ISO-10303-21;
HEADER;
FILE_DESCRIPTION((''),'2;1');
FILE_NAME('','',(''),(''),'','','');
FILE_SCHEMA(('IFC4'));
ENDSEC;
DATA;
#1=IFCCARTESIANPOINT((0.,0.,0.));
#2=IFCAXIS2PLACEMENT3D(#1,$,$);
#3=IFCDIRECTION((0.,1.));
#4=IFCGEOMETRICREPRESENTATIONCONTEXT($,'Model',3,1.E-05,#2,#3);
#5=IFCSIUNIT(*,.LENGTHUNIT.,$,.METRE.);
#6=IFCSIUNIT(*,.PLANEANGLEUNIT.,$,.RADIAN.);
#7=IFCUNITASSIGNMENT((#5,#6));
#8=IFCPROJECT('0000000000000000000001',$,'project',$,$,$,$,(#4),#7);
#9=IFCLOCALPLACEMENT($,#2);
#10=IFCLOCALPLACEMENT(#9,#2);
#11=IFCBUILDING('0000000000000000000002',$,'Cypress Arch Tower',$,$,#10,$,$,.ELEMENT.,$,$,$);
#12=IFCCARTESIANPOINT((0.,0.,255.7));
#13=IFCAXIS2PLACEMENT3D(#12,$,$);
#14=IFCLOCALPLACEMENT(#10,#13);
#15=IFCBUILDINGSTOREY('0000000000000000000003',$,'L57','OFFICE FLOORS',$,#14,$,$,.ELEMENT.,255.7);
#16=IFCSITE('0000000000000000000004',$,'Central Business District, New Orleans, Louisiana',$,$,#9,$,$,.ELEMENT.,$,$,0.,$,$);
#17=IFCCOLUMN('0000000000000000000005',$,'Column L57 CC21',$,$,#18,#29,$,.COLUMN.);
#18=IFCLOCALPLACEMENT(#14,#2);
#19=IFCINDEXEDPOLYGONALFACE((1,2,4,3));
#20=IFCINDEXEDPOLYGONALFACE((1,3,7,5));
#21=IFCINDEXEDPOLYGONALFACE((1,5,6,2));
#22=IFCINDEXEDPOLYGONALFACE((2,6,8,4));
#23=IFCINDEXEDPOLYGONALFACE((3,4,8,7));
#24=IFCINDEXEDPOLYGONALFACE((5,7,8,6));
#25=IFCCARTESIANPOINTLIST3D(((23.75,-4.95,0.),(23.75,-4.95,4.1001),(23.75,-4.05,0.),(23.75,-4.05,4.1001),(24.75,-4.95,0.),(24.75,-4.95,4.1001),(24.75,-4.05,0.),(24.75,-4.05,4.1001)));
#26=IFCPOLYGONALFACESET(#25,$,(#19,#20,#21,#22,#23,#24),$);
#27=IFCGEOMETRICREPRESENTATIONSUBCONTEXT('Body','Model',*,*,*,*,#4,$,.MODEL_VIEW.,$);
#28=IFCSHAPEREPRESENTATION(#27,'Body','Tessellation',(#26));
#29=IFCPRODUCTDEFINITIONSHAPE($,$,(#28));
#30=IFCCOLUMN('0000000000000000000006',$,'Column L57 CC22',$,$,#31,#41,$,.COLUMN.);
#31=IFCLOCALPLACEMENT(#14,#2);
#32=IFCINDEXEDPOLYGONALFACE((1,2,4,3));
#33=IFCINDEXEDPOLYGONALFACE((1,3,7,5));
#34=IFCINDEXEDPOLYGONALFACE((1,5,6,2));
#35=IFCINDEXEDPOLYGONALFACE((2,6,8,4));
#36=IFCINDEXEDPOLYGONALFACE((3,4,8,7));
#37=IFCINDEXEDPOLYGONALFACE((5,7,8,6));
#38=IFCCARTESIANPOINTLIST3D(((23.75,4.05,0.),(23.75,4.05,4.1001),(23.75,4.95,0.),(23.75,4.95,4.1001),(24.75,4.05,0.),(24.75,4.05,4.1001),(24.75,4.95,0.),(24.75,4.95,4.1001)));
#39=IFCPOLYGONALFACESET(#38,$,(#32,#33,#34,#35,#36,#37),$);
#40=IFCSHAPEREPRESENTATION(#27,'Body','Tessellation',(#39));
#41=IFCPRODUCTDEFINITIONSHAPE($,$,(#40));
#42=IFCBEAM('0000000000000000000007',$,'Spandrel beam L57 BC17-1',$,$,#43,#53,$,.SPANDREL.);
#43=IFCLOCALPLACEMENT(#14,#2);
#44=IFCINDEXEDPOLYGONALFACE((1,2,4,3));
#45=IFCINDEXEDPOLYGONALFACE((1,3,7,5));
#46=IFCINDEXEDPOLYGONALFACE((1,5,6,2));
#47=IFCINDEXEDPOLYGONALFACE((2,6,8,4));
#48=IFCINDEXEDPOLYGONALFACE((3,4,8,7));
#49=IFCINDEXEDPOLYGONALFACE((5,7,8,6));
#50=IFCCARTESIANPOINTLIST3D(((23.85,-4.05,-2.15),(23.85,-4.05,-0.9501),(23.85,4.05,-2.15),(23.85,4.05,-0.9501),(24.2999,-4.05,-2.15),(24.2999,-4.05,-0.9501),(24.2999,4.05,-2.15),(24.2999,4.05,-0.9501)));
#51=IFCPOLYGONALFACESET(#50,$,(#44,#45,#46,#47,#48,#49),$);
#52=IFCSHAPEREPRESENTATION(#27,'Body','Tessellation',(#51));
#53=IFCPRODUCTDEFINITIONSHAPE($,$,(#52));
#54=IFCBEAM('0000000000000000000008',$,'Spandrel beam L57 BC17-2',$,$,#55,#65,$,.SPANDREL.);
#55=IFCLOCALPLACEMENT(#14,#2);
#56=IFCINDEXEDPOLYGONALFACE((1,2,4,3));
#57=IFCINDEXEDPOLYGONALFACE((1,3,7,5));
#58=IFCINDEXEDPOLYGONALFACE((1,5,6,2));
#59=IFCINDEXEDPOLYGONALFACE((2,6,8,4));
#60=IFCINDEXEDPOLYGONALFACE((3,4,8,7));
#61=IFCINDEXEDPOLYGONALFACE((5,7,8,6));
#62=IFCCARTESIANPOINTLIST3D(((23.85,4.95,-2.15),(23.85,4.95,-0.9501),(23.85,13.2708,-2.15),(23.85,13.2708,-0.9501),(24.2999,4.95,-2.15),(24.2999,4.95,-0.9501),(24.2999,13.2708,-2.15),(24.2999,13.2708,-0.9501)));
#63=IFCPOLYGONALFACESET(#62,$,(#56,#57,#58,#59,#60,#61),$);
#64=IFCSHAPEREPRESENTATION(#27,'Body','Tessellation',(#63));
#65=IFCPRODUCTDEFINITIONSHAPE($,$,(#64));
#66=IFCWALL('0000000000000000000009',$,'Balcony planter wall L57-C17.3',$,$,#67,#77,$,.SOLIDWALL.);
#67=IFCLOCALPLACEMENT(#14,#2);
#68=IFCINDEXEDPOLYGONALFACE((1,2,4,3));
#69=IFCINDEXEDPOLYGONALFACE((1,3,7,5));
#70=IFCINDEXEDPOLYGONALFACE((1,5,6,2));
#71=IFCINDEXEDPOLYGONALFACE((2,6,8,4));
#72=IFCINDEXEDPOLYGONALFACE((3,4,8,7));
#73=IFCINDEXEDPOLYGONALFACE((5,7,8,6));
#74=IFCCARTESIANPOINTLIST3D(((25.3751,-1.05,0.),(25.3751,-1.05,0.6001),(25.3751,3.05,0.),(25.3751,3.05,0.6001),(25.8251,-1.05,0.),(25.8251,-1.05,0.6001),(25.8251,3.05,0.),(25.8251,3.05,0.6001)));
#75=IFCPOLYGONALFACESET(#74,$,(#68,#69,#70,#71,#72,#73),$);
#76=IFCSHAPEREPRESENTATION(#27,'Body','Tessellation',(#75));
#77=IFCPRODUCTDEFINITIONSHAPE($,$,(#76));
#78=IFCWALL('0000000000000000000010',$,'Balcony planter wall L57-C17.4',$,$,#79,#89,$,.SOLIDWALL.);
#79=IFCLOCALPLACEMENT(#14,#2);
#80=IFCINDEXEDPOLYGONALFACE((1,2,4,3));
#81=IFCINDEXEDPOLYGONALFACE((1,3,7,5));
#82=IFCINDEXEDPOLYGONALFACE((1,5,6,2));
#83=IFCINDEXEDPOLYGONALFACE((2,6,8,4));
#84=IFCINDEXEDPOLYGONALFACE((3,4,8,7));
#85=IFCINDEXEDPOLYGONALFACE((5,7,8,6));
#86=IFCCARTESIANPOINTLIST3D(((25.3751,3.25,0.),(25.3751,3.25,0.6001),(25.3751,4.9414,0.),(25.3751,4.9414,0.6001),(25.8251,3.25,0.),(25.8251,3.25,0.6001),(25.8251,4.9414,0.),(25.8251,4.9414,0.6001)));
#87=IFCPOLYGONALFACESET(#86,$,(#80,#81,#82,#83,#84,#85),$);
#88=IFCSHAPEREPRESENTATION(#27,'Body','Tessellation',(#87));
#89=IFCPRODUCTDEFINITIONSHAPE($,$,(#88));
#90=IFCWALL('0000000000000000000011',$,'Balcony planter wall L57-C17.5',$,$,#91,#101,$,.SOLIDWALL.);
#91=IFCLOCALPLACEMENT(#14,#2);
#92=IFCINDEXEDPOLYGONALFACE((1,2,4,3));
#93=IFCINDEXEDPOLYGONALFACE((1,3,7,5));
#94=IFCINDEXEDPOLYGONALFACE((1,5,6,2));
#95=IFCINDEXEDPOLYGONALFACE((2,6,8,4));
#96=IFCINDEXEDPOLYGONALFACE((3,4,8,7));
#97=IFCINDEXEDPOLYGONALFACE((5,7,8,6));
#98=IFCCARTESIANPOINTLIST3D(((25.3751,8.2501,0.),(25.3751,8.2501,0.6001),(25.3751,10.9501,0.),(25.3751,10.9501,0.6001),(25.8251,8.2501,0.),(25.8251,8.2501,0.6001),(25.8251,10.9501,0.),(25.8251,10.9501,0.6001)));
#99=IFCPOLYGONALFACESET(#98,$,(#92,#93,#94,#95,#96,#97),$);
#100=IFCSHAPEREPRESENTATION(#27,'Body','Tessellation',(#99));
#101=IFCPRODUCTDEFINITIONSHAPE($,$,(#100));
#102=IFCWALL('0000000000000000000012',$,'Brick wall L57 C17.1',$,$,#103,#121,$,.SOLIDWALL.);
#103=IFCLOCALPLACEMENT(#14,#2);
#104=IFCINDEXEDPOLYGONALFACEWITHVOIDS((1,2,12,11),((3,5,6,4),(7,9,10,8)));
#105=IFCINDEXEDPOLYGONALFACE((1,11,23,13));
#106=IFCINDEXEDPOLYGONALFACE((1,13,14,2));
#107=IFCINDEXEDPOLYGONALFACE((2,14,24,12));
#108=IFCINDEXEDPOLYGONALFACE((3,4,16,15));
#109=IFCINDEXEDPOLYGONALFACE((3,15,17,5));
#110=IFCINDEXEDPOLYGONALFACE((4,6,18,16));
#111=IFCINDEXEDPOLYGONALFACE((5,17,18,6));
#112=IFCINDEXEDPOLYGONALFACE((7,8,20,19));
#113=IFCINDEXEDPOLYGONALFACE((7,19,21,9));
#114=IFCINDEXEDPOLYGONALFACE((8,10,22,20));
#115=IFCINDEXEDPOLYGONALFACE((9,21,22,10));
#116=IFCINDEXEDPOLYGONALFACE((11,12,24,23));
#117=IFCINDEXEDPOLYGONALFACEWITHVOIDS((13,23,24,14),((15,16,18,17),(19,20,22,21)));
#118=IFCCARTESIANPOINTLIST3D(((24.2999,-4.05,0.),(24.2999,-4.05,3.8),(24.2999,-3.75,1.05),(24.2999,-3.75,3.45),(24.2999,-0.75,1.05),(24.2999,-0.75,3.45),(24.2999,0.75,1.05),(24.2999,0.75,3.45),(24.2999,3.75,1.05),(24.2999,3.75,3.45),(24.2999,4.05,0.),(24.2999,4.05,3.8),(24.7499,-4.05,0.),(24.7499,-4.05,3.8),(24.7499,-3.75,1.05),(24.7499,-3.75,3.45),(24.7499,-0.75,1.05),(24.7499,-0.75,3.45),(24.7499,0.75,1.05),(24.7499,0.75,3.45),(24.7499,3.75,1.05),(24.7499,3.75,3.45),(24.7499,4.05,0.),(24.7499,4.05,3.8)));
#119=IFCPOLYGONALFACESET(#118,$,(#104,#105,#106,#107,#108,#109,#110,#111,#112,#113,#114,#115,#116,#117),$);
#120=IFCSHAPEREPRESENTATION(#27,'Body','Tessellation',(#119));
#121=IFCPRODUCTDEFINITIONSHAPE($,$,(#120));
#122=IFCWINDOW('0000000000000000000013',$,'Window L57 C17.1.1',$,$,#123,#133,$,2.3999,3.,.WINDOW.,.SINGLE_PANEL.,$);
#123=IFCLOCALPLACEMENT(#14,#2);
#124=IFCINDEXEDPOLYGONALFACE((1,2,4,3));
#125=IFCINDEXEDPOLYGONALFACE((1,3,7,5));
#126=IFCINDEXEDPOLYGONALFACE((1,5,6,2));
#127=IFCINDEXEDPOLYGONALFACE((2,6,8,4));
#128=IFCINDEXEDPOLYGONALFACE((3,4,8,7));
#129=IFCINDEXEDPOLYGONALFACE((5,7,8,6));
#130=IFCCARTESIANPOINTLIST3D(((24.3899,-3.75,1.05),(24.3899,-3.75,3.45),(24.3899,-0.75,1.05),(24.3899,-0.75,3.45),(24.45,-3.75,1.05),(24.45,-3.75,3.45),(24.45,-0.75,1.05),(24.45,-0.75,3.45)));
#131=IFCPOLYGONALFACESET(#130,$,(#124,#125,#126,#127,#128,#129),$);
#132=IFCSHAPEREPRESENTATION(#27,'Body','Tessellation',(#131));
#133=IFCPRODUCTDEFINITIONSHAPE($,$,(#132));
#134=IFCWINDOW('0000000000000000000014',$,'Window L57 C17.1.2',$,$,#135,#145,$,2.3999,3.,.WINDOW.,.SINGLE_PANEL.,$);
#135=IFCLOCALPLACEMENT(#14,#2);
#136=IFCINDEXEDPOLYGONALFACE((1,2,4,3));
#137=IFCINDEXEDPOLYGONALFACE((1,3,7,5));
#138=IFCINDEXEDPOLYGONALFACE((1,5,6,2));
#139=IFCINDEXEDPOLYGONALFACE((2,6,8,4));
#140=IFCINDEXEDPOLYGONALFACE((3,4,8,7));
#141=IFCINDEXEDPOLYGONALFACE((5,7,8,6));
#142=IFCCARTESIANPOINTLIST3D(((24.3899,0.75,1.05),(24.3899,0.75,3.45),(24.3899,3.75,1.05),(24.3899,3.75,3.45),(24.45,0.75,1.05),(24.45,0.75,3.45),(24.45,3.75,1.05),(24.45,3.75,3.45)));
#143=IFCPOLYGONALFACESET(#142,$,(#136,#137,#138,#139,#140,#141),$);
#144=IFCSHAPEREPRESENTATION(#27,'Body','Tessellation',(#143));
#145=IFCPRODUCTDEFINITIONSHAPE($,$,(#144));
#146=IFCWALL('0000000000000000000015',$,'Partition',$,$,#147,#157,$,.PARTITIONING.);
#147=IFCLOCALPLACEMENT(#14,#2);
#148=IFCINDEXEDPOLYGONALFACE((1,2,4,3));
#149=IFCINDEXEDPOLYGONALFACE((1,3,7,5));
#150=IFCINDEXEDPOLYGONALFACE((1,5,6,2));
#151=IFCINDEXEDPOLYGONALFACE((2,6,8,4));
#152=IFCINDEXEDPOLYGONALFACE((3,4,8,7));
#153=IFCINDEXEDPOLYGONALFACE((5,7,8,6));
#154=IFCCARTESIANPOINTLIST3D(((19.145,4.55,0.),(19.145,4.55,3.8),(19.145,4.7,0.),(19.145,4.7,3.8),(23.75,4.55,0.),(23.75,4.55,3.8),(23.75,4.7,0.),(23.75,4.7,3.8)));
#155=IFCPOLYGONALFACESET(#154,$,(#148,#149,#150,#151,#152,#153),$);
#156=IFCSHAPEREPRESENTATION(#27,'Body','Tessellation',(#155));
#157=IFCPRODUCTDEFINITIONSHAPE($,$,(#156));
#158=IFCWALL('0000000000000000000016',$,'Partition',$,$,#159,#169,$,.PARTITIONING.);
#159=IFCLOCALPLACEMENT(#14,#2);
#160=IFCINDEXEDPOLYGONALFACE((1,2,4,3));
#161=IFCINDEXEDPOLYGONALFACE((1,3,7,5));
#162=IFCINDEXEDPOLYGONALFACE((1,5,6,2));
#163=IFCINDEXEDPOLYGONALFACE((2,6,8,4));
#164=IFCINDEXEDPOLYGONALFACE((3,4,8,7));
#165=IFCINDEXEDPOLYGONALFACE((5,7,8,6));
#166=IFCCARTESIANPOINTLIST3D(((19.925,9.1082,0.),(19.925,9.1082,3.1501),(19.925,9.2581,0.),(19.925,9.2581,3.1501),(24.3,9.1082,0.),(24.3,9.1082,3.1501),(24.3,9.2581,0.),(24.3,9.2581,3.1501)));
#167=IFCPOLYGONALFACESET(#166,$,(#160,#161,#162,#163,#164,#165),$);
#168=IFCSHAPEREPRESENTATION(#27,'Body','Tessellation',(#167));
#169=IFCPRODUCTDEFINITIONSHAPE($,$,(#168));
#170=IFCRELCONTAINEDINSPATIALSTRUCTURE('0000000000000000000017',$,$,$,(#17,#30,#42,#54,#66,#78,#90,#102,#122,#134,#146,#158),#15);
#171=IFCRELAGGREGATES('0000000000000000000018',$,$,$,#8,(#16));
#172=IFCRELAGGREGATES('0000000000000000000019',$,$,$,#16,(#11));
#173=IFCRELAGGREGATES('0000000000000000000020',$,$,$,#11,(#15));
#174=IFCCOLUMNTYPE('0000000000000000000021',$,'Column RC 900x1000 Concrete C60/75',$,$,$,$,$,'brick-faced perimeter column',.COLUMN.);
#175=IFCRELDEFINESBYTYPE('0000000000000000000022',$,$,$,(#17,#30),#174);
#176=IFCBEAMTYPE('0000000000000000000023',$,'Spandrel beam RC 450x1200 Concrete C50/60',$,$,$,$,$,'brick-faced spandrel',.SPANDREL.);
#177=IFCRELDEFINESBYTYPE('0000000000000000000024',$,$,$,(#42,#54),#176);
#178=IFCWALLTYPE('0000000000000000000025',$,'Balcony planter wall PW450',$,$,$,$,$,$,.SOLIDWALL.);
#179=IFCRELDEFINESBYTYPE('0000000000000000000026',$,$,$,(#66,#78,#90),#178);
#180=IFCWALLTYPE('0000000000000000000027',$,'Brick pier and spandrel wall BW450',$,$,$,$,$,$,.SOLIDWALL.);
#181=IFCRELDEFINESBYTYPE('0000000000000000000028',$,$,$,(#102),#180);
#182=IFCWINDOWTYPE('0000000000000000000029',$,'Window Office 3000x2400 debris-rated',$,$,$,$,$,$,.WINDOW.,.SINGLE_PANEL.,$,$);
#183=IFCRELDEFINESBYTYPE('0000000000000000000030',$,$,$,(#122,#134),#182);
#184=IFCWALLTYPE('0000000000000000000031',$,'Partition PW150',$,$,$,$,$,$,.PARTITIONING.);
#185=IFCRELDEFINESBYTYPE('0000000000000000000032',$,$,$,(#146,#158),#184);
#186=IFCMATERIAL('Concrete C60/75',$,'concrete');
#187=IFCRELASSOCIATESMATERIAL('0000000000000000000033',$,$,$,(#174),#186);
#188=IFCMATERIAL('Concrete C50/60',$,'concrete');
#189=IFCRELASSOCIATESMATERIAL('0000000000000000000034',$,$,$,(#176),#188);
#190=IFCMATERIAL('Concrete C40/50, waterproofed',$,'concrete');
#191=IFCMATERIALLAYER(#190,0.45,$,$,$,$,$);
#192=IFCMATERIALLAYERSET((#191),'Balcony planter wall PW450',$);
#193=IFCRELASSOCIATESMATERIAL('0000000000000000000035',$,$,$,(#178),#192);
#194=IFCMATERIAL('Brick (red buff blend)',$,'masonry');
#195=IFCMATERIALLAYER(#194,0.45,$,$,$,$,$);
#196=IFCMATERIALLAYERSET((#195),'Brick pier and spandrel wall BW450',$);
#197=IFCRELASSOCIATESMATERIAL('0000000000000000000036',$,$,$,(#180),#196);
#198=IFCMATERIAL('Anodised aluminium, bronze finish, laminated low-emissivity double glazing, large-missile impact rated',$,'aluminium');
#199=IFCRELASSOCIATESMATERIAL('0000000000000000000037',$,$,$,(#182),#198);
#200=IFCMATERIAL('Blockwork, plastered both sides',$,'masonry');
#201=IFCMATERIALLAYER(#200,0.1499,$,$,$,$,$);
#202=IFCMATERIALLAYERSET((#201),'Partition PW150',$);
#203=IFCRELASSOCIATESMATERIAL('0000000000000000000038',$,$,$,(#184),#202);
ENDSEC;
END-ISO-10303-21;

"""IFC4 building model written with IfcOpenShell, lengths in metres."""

from ifc_helpers import new_model, si_unit, direction, frame, frame_2d, origin, origin_2d, place, context, subcontext, project, spatial, rectangle, extrude, material, layer, layer_set, material_profile, profile_set, type_object, element, fill, save


model = new_model("IFC4")

# Units and contexts
model_context = context("Model", 3, precision=1e-05, world=origin(), true_north=direction((0.0, 1.0)))
body_context = subcontext(model_context, "Body", "Model", "MODEL_VIEW")
ifc_project = project(units=[si_unit("LENGTHUNIT", "METRE"), si_unit("PLANEANGLEUNIT", "RADIAN")], contexts=[model_context])

# Site, building, storey
site_placement = place(None, origin())
site = spatial("IfcSite", under=ifc_project, at=site_placement, Name="Central Business District, New Orleans, Louisiana", CompositionType="ELEMENT", RefElevation=0.0)
building_placement = place(site_placement, origin())
building = spatial("IfcBuilding", under=site, at=building_placement, Name="Cypress Arch Tower", CompositionType="ELEMENT")
storey_placement = place(building_placement, frame((0.0, 0.0, 255.7)))
storey = spatial("IfcBuildingStorey", under=building, at=storey_placement, Name="L57", Description="OFFICE FLOORS", CompositionType="ELEMENT", Elevation=255.7)

# Columns
ifc_material_1 = material(Name="Concrete C60/75", Category="concrete")
ifc_material_profile_1 = material_profile(ifc_material_1, rectangle(XDim=0.8999, YDim=1.0, at=origin_2d()), Name="RC 900x1000")
ifc_profile_set_1 = profile_set([ifc_material_profile_1], Name="Concrete C60/75")
column_type = type_object("IfcColumnType", Name="Column RC 900x1000 Concrete C60/75", ElementType="brick-faced perimeter column", PredefinedType="COLUMN", material=ifc_profile_set_1)
for number, where, z_axis, x_axis, name in (
    (1, (24.25, -4.5, 0.0), (0.0, 0.0, 1.0), (0.0, 1.0, 0.0), "Column L57 CC21"),
    (2, (24.25, 4.5, 0.0), (0.0, 0.0, 1.0), (0.0, 1.0, 0.0), "Column L57 CC22"),
):
    element("IfcColumn", number, at=place(storey_placement, frame(where, z_axis=z_axis, x_axis=x_axis)), inside=storey, type_object=column_type, Name=name, PredefinedType="COLUMN", context=body_context, shape_type="SweptSolid", body=[
        extrude(rectangle(XDim=0.8999, YDim=1.0, at=origin_2d()), origin(), (0.0, 0.0, 1.0), 4.1001),
    ])

# Beams
ifc_material_2 = material(Name="Concrete C50/60", Category="concrete")
ifc_material_profile_2 = material_profile(ifc_material_2, rectangle(XDim=0.45, YDim=1.2, at=origin_2d()), Name="RC 450x1200")
ifc_profile_set_2 = profile_set([ifc_material_profile_2], Name="Concrete C50/60")
beam_type = type_object("IfcBeamType", Name="Spandrel beam RC 450x1200 Concrete C50/60", ElementType="brick-faced spandrel", PredefinedType="SPANDREL", material=ifc_profile_set_2)
beam_1_placement = place(storey_placement, frame((24.075, -4.05, -1.55), z_axis=(0.0, 1.0, 0.0), x_axis=(-1.0, 0.0, 0.0)))
element("IfcBeam", 3, at=beam_1_placement, inside=storey, type_object=beam_type, Name="Spandrel beam L57 BC17-1", PredefinedType="SPANDREL", context=body_context, shape_type="SweptSolid", body=[
    extrude(rectangle(XDim=0.45, YDim=1.2, at=origin_2d()), origin(), (0.0, 0.0, 1.0), 8.1001),
])
beam_2_placement = place(storey_placement, frame((24.075, 4.95, -1.55), z_axis=(0.0, 1.0, 0.0), x_axis=(-1.0, 0.0, 0.0)))
element("IfcBeam", 4, at=beam_2_placement, inside=storey, type_object=beam_type, Name="Spandrel beam L57 BC17-2", PredefinedType="SPANDREL", context=body_context, shape_type="SweptSolid", body=[
    extrude(rectangle(XDim=0.45, YDim=1.2, at=origin_2d()), origin(), (0.0, 0.0, 1.0), 8.3208),
])

# Walls
ifc_material_3 = material(Name="Concrete C40/50, waterproofed", Category="concrete")
ifc_layer_1 = layer(ifc_material_3, 0.45)
ifc_layer_set_1 = layer_set([ifc_layer_1], Name="Balcony planter wall PW450")
wall_type_1 = type_object("IfcWallType", Name="Balcony planter wall PW450", PredefinedType="SOLIDWALL", material=ifc_layer_set_1)
wall_1_placement = place(storey_placement, frame((25.6001, -1.05, 0.0), z_axis=(0.0, 0.0, 1.0), x_axis=(0.0, 1.0, 0.0)))
element("IfcWall", 5, at=wall_1_placement, inside=storey, type_object=wall_type_1, Name="Balcony planter wall L57-C17.3", PredefinedType="SOLIDWALL", context=body_context, shape_type="SweptSolid", body=[
    extrude(rectangle(XDim=4.1001, YDim=0.45, at=frame_2d((2.05, 0.0))), origin(), (0.0, 0.0, 1.0), 0.6001),
])
wall_2_placement = place(storey_placement, frame((25.6001, 3.25, 0.0), z_axis=(0.0, 0.0, 1.0), x_axis=(0.0, 1.0, 0.0)))
element("IfcWall", 6, at=wall_2_placement, inside=storey, type_object=wall_type_1, Name="Balcony planter wall L57-C17.4", PredefinedType="SOLIDWALL", context=body_context, shape_type="SweptSolid", body=[
    extrude(rectangle(XDim=1.6914, YDim=0.45, at=frame_2d((0.8457, 0.0))), origin(), (0.0, 0.0, 1.0), 0.6001),
])
wall_3_placement = place(storey_placement, frame((25.6001, 8.25, 0.0), z_axis=(0.0, 0.0, 1.0), x_axis=(0.0, 1.0, 0.0)))
element("IfcWall", 7, at=wall_3_placement, inside=storey, type_object=wall_type_1, Name="Balcony planter wall L57-C17.5", PredefinedType="SOLIDWALL", context=body_context, shape_type="SweptSolid", body=[
    extrude(rectangle(XDim=2.7, YDim=0.45, at=frame_2d((1.3501, 0.0))), origin(), (0.0, 0.0, 1.0), 0.6001),
])

# Wall, openings, windows
ifc_material_4 = material(Name="Brick (red buff blend)", Category="masonry")
ifc_layer_2 = layer(ifc_material_4, 0.45)
ifc_layer_set_2 = layer_set([ifc_layer_2], Name="Brick pier and spandrel wall BW450")
wall_type_2 = type_object("IfcWallType", Name="Brick pier and spandrel wall BW450", PredefinedType="SOLIDWALL", material=ifc_layer_set_2)
wall_4_placement = place(storey_placement, frame((24.5249, -4.05, 0.0), z_axis=(0.0, 0.0, 1.0), x_axis=(0.0, 1.0, 0.0)))
wall_4 = element("IfcWall", 8, at=wall_4_placement, inside=storey, type_object=wall_type_2, Name="Brick wall L57 C17.1", PredefinedType="SOLIDWALL", context=body_context, shape_type="SweptSolid", body=[
    extrude(rectangle(XDim=8.1001, YDim=0.45, at=frame_2d((4.05, 0.0))), origin(), (0.0, 0.0, 1.0), 3.8),
])
opening_1_placement = place(wall_4_placement, frame((0.3, 0.0, 1.05)))
opening_1 = element("IfcOpeningElement", 9, at=opening_1_placement, cuts=wall_4, PredefinedType="OPENING", context=body_context, shape_type="SweptSolid", body=[
    extrude(rectangle(XDim=3.0, YDim=2.3999, at=frame_2d((1.5, 1.2))), frame((0.0, 0.2349, 0.0), z_axis=(0.0, -1.0, 0.0), x_axis=(1.0, 0.0, 0.0)), (0.0, 0.0, 1.0), 0.47),
])
opening_2_placement = place(wall_4_placement, frame((4.8, 0.0, 1.05)))
opening_2 = element("IfcOpeningElement", 10, at=opening_2_placement, cuts=wall_4, PredefinedType="OPENING", context=body_context, shape_type="SweptSolid", body=[
    extrude(rectangle(XDim=3.0, YDim=2.3999, at=frame_2d((1.5, 1.2))), frame((0.0, 0.2349, 0.0), z_axis=(0.0, -1.0, 0.0), x_axis=(1.0, 0.0, 0.0)), (0.0, 0.0, 1.0), 0.47),
])
ifc_material_5 = material(Name="Anodised aluminium, bronze finish, laminated low-emissivity double glazing, large-missile impact rated", Category="aluminium")
window_type_1 = type_object("IfcWindowType", Name="Window Office 3000x2400 debris-rated", PartitioningType="SINGLE_PANEL", PredefinedType="WINDOW", material=ifc_material_5)
window_1_placement = place(opening_1_placement, origin())
window_1 = element("IfcWindow", 11, at=window_1_placement, inside=storey, type_object=window_type_1, Name="Window L57 C17.1.1", OverallHeight=2.3999, OverallWidth=3.0, PartitioningType="SINGLE_PANEL", PredefinedType="WINDOW", context=body_context, shape_type="SweptSolid", body=[
    extrude(rectangle(XDim=3.0, YDim=2.3999, at=frame_2d((1.5, 1.2))), frame((0.0, 0.135, 0.0), z_axis=(0.0, -1.0, 0.0), x_axis=(1.0, 0.0, 0.0)), (0.0, 0.0, 1.0), 0.0601),
])
fill(opening_1, window_1)
window_2_placement = place(opening_2_placement, origin())
window_2 = element("IfcWindow", 12, at=window_2_placement, inside=storey, type_object=window_type_1, Name="Window L57 C17.1.2", OverallHeight=2.3999, OverallWidth=3.0, PartitioningType="SINGLE_PANEL", PredefinedType="WINDOW", context=body_context, shape_type="SweptSolid", body=[
    extrude(rectangle(XDim=3.0, YDim=2.3999, at=frame_2d((1.5, 1.2))), frame((0.0, 0.135, 0.0), z_axis=(0.0, -1.0, 0.0), x_axis=(1.0, 0.0, 0.0)), (0.0, 0.0, 1.0), 0.0601),
])
fill(opening_2, window_2)

# Walls
ifc_material_6 = material(Name="Blockwork, plastered both sides", Category="masonry")
ifc_layer_3 = layer(ifc_material_6, 0.1499)
ifc_layer_set_3 = layer_set([ifc_layer_3], Name="Partition PW150")
wall_type_3 = type_object("IfcWallType", Name="Partition PW150", PredefinedType="PARTITIONING", material=ifc_layer_set_3)
wall_5_placement = place(storey_placement, frame((19.145, 4.625, 0.0), z_axis=(0.0, 0.0, 1.0), x_axis=(1.0, 0.0, 0.0)))
element("IfcWall", 13, at=wall_5_placement, inside=storey, type_object=wall_type_3, Name="Partition", PredefinedType="PARTITIONING", context=body_context, shape_type="SweptSolid", body=[
    extrude(rectangle(XDim=4.605, YDim=0.1499, at=frame_2d((2.3025, 0.0))), origin(), (0.0, 0.0, 1.0), 3.8),
])
wall_6_placement = place(storey_placement, frame((19.925, 9.1831, 0.0), z_axis=(0.0, 0.0, 1.0), x_axis=(1.0, 0.0, 0.0)))
element("IfcWall", 14, at=wall_6_placement, inside=storey, type_object=wall_type_3, Name="Partition", PredefinedType="PARTITIONING", context=body_context, shape_type="SweptSolid", body=[
    extrude(rectangle(XDim=4.375, YDim=0.1499, at=frame_2d((2.1875, 0.0))), origin(), (0.0, 0.0, 1.0), 3.1501),
])

save(model, "model.ifc")
